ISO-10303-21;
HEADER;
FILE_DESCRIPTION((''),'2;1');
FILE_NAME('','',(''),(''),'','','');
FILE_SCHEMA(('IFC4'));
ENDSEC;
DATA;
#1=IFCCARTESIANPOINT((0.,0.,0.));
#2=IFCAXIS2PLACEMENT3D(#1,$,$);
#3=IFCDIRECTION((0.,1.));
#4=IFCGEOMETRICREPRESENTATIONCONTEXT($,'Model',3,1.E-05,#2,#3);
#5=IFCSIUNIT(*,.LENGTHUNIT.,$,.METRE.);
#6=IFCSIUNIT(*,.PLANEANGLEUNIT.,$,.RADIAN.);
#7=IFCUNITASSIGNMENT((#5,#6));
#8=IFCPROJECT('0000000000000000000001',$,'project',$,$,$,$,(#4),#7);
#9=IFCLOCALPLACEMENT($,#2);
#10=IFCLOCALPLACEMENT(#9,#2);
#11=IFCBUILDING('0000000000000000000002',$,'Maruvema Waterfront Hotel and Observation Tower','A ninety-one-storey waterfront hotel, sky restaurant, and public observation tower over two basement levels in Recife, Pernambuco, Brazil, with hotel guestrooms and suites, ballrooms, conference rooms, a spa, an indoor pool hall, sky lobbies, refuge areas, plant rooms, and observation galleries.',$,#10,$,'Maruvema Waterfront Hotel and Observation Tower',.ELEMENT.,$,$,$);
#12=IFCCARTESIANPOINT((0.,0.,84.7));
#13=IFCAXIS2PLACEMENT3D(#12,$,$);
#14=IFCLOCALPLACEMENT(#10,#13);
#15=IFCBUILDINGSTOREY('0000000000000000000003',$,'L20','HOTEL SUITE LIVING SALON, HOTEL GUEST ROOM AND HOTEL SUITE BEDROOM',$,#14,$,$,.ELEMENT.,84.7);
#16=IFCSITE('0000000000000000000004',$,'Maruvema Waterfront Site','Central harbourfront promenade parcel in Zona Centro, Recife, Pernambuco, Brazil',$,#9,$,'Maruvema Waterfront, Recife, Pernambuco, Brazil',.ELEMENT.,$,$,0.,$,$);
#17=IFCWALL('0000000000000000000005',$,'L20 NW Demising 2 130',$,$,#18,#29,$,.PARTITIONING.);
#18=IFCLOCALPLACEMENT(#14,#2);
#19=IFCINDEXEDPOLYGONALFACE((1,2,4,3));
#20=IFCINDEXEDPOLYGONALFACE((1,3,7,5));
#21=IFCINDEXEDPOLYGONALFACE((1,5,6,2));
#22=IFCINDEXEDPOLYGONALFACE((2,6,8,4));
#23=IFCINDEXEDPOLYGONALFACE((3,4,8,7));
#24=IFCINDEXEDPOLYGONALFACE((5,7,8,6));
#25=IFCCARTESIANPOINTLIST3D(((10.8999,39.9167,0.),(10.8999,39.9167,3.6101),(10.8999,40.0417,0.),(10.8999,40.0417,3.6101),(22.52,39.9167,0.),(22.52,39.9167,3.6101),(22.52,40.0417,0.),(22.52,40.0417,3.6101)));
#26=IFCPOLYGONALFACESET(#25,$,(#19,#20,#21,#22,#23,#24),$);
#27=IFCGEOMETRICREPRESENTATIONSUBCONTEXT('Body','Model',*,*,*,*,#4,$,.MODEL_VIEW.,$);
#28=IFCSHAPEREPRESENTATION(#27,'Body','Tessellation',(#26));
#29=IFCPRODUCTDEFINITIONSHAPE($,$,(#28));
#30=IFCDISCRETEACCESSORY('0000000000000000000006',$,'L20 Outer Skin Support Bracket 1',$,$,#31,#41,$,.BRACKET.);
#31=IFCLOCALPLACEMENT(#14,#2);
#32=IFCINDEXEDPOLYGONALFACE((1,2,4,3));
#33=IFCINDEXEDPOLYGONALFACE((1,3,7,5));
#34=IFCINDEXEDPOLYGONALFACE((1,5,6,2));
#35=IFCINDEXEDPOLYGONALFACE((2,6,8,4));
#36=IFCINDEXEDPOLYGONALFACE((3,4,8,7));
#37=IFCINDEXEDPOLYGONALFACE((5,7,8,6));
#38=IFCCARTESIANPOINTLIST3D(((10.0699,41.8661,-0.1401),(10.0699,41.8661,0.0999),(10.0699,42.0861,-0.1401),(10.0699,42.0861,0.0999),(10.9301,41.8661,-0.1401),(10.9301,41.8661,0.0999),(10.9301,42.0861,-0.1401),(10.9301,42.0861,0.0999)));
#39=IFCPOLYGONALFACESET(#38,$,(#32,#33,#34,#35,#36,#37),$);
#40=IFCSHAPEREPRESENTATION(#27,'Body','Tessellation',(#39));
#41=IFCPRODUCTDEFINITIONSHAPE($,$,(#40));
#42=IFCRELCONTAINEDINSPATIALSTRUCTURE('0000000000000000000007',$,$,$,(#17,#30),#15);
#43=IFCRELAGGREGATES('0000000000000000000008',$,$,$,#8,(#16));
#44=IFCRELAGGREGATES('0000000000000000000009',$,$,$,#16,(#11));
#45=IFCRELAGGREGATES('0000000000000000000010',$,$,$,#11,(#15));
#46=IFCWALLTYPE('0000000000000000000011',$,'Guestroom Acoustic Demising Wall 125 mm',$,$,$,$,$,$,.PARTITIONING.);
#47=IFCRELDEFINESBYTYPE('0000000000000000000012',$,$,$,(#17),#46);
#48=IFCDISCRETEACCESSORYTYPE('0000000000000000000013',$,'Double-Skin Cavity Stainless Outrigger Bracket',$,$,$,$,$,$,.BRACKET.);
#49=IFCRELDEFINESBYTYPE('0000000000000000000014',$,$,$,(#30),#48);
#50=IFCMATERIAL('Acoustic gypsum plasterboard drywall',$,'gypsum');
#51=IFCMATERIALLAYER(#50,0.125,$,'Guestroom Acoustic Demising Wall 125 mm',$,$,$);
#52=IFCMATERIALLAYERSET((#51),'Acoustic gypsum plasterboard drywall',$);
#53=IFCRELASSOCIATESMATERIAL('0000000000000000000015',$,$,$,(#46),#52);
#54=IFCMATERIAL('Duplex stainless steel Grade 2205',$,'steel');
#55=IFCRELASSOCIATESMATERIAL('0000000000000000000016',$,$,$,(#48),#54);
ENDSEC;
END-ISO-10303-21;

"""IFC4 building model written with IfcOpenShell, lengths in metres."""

from ifc_helpers import new_model, si_unit, direction, frame, frame_2d, origin, origin_2d, place, context, subcontext, project, spatial, rectangle, extrude, material, layer, layer_set, type_object, element, save


model = new_model("IFC4")

# Units and contexts
model_context = context("Model", 3, precision=1e-05, world=origin(), true_north=direction((0.0, 1.0)))
body_context = subcontext(model_context, "Body", "Model", "MODEL_VIEW")
ifc_project = project(units=[si_unit("LENGTHUNIT", "METRE"), si_unit("PLANEANGLEUNIT", "RADIAN")], contexts=[model_context])

# Site, building, storey
site_placement = place(None, origin())
site = spatial("IfcSite", under=ifc_project, at=site_placement, Name="Maruvema Waterfront Site", Description="Central harbourfront promenade parcel in Zona Centro, Recife, Pernambuco, Brazil", LongName="Maruvema Waterfront, Recife, Pernambuco, Brazil", CompositionType="ELEMENT", RefElevation=0.0)
building_placement = place(site_placement, origin())
building = spatial("IfcBuilding", under=site, at=building_placement, Name="Maruvema Waterfront Hotel and Observation Tower", Description="A ninety-one-storey waterfront hotel, sky restaurant, and public observation tower over two basement levels in Recife, Pernambuco, Brazil, with hotel guestrooms and suites, ballrooms, conference rooms, a spa, an indoor pool hall, sky lobbies, refuge areas, plant rooms, and observation galleries.", LongName="Maruvema Waterfront Hotel and Observation Tower", CompositionType="ELEMENT")
storey_placement = place(building_placement, frame((0.0, 0.0, 84.7)))
storey = spatial("IfcBuildingStorey", under=building, at=storey_placement, Name="L20", Description="HOTEL SUITE LIVING SALON, HOTEL GUEST ROOM AND HOTEL SUITE BEDROOM", CompositionType="ELEMENT", Elevation=84.7)

# Wall
ifc_material_1 = material(Name="Acoustic gypsum plasterboard drywall", Category="gypsum")
ifc_layer_1 = layer(ifc_material_1, 0.125, Name="Guestroom Acoustic Demising Wall 125 mm")
ifc_layer_set_1 = layer_set([ifc_layer_1], Name="Acoustic gypsum plasterboard drywall")
wall_type_1 = type_object("IfcWallType", Name="Guestroom Acoustic Demising Wall 125 mm", PredefinedType="PARTITIONING", material=ifc_layer_set_1)
for number, where, z_axis, x_axis, name in (
    (1, (10.8999, 39.9792, 0.0), (0.0, 0.0, 1.0), (1.0, 0.0, 0.0), "L20 NW Demising 2 130"),
):
    element("IfcWall", number, at=place(storey_placement, frame(where, z_axis=z_axis, x_axis=x_axis)), inside=storey, type_object=wall_type_1, Name=name, PredefinedType="PARTITIONING", context=body_context, shape_type="SweptSolid", body=[
        extrude(rectangle(XDim=11.6201, YDim=0.125, at=frame_2d((5.8101, 0.0))), origin(), (0.0, 0.0, 1.0), 3.6101),
    ])

# Discrete accessory
ifc_material_2 = material(Name="Duplex stainless steel Grade 2205", Category="steel")
discrete_accessory_type = type_object("IfcDiscreteAccessoryType", Name="Double-Skin Cavity Stainless Outrigger Bracket", PredefinedType="BRACKET", material=ifc_material_2)
discrete_accessory_placement = place(storey_placement, frame((10.5, 41.9761, -0.1401), z_axis=(0.0, 0.0, 1.0), x_axis=(0.0, -1.0, 0.0)))
element("IfcDiscreteAccessory", 2, at=discrete_accessory_placement, inside=storey, type_object=discrete_accessory_type, Name="L20 Outer Skin Support Bracket 1", PredefinedType="BRACKET", context=body_context, shape_type="SweptSolid", body=[
    extrude(rectangle(XDim=0.22, YDim=0.8601, at=origin_2d()), origin(), (0.0, 0.0, 1.0), 0.24),
])

save(model, "model.ifc")
